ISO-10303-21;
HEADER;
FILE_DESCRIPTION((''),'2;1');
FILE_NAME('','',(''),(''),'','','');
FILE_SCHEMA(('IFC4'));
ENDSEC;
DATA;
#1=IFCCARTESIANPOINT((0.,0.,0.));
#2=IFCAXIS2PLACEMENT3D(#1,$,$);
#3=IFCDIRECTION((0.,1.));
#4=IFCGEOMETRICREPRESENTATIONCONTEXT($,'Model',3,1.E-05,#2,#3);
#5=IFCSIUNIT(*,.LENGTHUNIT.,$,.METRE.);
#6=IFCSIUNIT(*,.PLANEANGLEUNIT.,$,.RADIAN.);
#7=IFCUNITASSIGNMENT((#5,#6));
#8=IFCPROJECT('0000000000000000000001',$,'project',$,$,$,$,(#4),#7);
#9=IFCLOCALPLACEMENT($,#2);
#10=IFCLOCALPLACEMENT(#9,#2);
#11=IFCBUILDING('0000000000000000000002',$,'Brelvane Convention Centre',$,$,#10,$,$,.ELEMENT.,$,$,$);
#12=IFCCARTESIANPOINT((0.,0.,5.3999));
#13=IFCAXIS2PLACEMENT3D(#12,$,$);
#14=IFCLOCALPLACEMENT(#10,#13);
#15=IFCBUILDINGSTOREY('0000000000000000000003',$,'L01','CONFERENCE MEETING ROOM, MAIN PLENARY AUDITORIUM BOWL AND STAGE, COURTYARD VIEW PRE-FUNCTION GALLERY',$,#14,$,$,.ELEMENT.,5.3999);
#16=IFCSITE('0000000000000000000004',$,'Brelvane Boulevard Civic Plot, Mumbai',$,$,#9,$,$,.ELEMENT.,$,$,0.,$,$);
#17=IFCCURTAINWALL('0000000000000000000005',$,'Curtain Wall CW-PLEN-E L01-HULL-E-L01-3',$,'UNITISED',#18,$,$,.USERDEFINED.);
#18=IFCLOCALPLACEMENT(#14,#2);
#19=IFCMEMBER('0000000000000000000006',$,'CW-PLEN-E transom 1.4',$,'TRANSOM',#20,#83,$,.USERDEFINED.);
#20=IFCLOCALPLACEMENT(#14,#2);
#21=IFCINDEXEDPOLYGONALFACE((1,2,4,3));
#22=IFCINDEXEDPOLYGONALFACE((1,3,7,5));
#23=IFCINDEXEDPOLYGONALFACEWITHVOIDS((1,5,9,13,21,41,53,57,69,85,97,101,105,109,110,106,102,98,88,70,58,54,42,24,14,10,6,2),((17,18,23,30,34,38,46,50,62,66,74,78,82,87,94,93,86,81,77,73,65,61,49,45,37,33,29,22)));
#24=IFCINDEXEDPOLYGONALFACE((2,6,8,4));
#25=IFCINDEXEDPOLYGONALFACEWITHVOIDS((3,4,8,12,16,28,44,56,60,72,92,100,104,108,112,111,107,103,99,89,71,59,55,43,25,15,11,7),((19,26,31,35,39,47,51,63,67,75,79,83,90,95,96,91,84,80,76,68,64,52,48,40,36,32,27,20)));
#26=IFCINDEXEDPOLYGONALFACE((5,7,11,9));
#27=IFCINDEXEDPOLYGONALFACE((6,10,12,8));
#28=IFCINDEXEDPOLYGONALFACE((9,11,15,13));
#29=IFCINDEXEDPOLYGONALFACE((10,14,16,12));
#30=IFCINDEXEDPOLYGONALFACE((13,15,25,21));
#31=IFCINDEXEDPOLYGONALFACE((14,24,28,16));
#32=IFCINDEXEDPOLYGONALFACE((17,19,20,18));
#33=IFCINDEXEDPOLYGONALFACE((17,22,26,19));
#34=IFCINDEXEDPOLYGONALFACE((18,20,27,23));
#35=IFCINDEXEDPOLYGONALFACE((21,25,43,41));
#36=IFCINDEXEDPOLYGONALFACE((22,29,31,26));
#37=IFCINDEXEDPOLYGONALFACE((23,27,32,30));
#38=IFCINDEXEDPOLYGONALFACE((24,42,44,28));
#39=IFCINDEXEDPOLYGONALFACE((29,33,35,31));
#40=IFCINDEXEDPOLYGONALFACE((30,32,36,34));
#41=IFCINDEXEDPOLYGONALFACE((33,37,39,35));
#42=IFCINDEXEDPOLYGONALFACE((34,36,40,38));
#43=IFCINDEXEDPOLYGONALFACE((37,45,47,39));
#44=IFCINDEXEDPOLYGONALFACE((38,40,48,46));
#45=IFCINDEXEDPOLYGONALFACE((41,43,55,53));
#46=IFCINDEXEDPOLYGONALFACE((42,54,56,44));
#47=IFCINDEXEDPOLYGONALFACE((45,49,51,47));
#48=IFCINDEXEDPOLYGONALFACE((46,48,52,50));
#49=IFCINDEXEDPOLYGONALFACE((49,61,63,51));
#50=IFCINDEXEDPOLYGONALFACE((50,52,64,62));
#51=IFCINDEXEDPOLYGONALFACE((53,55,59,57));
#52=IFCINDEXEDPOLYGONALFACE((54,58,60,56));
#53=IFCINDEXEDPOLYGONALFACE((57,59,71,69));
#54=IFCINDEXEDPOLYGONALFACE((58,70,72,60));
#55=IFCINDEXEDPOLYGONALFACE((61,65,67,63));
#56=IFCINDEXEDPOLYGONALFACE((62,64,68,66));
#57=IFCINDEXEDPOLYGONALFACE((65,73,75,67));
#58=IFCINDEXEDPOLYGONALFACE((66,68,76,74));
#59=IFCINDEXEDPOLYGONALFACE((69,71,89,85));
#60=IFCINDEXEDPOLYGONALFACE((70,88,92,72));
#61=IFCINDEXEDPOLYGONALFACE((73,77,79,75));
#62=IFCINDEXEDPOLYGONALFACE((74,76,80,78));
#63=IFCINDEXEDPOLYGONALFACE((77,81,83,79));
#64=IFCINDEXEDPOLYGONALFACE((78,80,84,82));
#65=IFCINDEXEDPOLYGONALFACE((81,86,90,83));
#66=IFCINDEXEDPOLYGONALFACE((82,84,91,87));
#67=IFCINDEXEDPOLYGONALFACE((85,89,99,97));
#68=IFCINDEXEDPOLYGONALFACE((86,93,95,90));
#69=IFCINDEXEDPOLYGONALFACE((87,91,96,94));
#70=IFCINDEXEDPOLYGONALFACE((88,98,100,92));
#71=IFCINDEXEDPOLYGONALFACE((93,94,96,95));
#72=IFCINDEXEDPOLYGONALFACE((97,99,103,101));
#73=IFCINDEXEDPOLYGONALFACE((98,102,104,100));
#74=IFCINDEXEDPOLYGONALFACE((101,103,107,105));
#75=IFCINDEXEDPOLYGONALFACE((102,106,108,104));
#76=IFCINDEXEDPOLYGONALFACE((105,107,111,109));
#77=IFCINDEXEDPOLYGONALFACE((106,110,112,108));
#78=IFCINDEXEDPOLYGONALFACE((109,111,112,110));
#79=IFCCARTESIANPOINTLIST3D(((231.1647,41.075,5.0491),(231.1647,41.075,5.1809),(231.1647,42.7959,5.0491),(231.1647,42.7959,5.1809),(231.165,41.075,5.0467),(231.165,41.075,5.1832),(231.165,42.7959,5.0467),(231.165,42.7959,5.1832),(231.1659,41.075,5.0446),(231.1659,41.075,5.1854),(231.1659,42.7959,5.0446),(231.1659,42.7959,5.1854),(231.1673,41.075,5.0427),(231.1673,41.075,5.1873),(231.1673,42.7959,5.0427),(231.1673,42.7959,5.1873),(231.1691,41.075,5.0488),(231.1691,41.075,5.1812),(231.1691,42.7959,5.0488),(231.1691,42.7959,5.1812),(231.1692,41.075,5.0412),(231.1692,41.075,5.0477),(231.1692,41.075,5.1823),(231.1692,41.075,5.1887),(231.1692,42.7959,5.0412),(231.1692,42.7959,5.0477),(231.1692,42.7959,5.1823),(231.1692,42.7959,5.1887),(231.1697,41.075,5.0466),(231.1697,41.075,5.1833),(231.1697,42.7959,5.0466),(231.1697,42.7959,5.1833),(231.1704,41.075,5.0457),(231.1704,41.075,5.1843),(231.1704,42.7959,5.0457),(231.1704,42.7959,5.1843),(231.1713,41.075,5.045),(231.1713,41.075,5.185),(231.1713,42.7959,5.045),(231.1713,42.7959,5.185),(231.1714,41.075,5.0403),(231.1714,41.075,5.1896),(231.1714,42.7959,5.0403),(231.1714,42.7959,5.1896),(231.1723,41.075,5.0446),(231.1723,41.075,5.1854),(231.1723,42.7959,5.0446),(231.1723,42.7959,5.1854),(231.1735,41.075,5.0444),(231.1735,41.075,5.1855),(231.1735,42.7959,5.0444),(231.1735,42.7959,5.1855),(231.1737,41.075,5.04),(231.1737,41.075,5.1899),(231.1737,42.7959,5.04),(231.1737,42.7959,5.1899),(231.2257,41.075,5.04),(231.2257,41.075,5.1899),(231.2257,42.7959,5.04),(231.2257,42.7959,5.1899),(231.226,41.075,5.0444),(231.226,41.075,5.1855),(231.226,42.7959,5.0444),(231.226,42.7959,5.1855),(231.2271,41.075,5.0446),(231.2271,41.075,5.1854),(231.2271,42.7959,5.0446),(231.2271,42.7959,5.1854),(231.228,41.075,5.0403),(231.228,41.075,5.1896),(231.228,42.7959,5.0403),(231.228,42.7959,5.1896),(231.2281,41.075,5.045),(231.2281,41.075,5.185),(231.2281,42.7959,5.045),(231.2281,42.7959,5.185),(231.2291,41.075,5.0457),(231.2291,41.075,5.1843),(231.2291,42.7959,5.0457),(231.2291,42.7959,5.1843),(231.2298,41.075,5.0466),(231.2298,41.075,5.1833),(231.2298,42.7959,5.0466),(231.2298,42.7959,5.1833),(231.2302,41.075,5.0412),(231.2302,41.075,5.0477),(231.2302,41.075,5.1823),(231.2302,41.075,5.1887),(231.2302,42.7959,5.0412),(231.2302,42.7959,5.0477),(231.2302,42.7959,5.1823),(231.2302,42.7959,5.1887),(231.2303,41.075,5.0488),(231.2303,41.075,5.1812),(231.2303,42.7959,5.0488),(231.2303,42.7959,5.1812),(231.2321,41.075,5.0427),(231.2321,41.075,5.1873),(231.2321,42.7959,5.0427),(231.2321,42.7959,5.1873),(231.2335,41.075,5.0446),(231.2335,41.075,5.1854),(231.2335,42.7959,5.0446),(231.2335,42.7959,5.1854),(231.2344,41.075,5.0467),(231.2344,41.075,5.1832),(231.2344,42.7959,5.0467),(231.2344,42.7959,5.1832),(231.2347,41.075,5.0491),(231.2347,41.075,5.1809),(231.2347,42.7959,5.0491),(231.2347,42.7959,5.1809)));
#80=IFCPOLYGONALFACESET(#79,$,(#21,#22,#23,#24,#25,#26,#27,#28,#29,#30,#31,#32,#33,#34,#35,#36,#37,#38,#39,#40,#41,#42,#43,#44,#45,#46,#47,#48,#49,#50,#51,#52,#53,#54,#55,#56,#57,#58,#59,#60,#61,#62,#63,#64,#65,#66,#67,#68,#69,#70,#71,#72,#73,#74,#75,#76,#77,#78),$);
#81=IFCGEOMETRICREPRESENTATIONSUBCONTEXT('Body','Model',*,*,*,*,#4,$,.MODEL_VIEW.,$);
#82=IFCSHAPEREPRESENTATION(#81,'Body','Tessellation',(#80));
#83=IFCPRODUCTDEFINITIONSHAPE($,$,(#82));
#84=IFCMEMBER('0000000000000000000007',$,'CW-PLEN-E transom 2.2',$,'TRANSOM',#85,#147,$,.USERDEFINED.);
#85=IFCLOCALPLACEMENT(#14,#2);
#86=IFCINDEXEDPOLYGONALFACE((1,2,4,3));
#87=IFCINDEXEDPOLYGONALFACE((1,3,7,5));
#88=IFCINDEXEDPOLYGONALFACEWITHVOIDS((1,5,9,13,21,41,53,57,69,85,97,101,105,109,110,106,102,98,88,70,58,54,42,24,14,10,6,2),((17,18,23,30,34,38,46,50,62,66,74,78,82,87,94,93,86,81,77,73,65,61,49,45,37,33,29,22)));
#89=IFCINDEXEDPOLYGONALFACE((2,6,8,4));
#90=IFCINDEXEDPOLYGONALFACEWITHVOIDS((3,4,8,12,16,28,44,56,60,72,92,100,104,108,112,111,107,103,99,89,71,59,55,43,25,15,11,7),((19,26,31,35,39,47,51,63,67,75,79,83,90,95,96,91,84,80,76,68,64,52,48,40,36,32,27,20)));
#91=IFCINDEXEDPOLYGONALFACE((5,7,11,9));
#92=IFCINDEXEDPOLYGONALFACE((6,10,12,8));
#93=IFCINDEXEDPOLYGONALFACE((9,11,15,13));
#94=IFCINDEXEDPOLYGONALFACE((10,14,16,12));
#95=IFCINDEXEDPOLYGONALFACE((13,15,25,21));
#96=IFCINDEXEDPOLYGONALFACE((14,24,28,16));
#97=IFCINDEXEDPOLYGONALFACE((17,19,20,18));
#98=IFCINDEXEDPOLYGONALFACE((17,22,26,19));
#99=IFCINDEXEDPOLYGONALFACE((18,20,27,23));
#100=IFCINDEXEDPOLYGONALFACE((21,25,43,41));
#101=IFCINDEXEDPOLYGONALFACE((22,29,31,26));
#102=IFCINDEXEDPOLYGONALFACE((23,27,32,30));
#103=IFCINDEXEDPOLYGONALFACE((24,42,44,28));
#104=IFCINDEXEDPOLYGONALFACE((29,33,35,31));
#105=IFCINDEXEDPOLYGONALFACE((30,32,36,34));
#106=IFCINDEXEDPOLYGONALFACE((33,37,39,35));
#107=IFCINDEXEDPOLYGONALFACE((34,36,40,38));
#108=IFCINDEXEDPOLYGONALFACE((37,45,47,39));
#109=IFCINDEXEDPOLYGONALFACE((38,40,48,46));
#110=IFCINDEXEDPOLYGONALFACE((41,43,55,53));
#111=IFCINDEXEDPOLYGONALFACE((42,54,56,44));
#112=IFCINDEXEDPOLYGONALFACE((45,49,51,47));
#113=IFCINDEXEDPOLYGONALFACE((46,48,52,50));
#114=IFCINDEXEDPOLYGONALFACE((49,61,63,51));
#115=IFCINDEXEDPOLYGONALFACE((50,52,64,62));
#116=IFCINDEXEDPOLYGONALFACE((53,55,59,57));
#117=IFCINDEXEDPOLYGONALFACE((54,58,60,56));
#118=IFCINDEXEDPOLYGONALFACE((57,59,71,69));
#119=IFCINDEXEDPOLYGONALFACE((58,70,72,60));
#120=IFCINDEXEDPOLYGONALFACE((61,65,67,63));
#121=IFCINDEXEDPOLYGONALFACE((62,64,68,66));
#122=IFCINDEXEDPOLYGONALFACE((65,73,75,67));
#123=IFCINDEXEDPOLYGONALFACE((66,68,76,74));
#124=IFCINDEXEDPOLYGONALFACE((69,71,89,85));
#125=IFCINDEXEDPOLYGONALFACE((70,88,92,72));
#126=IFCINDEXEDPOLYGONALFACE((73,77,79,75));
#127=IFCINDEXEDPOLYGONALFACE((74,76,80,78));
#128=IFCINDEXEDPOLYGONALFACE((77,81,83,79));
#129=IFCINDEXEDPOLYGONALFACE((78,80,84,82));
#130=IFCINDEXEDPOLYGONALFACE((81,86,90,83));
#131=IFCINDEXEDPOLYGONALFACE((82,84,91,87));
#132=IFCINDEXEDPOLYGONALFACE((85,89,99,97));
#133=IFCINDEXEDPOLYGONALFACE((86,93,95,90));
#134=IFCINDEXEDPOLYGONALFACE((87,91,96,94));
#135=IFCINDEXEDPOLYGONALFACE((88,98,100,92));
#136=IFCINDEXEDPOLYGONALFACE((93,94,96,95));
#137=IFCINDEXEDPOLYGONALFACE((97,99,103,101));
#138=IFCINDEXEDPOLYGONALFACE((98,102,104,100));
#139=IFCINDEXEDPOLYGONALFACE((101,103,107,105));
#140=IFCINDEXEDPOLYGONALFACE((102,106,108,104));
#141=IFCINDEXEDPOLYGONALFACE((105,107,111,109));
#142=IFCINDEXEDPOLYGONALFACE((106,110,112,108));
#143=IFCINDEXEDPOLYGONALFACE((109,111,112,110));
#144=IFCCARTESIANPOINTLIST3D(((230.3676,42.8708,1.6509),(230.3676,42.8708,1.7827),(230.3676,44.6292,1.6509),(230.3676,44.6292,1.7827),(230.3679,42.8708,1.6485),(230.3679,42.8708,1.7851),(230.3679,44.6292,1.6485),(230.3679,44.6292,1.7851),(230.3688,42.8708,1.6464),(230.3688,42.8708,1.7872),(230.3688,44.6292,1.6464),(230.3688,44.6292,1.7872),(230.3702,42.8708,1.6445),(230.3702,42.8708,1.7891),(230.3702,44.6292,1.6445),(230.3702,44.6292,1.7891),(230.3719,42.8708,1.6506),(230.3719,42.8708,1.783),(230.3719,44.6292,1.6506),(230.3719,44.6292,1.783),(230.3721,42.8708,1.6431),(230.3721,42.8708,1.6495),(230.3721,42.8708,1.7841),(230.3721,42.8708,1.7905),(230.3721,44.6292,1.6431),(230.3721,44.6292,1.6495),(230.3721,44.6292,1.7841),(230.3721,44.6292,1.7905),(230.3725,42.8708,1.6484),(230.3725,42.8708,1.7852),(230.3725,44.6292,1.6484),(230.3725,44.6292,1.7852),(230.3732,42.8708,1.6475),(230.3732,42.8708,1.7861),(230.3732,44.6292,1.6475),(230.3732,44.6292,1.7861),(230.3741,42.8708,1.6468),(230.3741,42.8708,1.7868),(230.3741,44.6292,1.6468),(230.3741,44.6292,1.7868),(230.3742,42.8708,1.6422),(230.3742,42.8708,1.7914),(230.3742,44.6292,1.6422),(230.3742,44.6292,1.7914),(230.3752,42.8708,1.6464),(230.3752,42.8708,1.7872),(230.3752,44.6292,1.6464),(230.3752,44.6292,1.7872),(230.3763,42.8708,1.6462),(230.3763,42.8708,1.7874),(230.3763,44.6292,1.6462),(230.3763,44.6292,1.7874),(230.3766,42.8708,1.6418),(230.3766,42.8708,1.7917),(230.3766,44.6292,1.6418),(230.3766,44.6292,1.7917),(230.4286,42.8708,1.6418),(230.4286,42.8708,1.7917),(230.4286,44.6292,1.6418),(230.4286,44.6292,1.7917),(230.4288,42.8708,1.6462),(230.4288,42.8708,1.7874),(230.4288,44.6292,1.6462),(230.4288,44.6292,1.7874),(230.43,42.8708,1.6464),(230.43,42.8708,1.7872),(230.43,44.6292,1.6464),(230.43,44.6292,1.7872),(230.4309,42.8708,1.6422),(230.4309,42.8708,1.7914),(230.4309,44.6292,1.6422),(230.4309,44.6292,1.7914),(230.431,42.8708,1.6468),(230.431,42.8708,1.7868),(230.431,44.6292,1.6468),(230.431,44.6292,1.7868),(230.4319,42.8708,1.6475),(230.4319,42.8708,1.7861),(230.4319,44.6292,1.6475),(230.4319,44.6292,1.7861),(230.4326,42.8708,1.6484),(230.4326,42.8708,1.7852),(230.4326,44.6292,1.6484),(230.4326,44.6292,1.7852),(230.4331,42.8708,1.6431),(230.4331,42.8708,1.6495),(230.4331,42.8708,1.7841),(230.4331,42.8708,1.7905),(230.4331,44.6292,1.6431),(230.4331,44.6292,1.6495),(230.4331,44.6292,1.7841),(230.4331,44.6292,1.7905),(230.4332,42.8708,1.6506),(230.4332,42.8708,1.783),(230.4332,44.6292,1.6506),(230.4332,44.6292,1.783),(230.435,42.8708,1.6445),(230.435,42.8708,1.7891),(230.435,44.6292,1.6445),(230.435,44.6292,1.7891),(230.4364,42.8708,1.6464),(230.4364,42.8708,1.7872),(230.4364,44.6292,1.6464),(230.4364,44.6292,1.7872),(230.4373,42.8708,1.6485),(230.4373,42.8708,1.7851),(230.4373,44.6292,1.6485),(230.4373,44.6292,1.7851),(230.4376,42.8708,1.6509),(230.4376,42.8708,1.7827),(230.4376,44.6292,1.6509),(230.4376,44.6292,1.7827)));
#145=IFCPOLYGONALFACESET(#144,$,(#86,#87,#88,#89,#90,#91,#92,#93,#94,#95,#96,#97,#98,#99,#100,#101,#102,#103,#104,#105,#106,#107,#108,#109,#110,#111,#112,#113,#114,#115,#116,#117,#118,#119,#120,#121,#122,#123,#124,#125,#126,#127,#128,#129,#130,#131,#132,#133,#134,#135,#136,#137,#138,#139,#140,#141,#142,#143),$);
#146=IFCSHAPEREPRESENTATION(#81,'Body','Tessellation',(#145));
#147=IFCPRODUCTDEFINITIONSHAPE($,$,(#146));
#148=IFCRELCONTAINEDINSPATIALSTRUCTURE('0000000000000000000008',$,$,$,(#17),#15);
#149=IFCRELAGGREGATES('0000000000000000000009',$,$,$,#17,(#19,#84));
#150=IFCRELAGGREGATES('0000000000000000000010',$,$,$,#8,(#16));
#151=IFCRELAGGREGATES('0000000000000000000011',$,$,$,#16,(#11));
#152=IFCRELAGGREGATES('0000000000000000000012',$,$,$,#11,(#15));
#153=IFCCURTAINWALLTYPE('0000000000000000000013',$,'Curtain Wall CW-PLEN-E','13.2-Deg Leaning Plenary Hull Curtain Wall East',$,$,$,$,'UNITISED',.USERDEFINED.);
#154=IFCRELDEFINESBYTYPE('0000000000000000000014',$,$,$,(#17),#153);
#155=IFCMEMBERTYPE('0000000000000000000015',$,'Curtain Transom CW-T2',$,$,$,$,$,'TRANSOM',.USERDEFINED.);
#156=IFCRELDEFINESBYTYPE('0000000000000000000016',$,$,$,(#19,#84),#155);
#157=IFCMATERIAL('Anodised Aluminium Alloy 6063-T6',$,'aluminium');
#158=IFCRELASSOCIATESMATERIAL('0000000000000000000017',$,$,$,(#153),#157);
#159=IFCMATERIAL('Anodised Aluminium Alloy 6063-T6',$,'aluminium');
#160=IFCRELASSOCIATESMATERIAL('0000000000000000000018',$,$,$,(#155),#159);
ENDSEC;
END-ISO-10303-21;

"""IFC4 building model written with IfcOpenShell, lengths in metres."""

from ifc_helpers import new_model, si_unit, direction, frame, origin, origin_2d, place, context, subcontext, project, spatial, hollow_rectangle, extrude, material, material_profile, profile_set, type_object, element, aggregate, save


model = new_model("IFC4")

# Units and contexts
model_context = context("Model", 3, precision=1e-05, world=origin(), true_north=direction((0.0, 1.0)))
body_context = subcontext(model_context, "Body", "Model", "MODEL_VIEW")
ifc_project = project(units=[si_unit("LENGTHUNIT", "METRE"), si_unit("PLANEANGLEUNIT", "RADIAN")], contexts=[model_context])

# Site, building, storey
site_placement = place(None, origin())
site = spatial("IfcSite", under=ifc_project, at=site_placement, Name="Brelvane Boulevard Civic Plot, Mumbai", CompositionType="ELEMENT", RefElevation=0.0)
building_placement = place(site_placement, origin())
building = spatial("IfcBuilding", under=site, at=building_placement, Name="Brelvane Convention Centre", CompositionType="ELEMENT")
storey_placement = place(building_placement, frame((0.0, 0.0, 5.3999)))
storey = spatial("IfcBuildingStorey", under=building, at=storey_placement, Name="L01", Description="CONFERENCE MEETING ROOM, MAIN PLENARY AUDITORIUM BOWL AND STAGE, COURTYARD VIEW PRE-FUNCTION GALLERY", CompositionType="ELEMENT", Elevation=5.3999)

# Curtain wall, members
ifc_material_1 = material(Name="Anodised Aluminium Alloy 6063-T6", Category="aluminium")
curtain_wall_type = type_object("IfcCurtainWallType", Name="Curtain Wall CW-PLEN-E", Description="13.2-Deg Leaning Plenary Hull Curtain Wall East", ElementType="UNITISED", PredefinedType="USERDEFINED", material=ifc_material_1)
curtain_wall_placement = place(storey_placement, origin())
curtain_wall = element("IfcCurtainWall", 1, at=curtain_wall_placement, inside=storey, type_object=curtain_wall_type, Name="Curtain Wall CW-PLEN-E L01-HULL-E-L01-3", ObjectType="UNITISED", PredefinedType="USERDEFINED")
ifc_material_2 = material(Name="Anodised Aluminium Alloy 6063-T6", Category="aluminium")
ifc_material_profile = material_profile(ifc_material_2, hollow_rectangle(XDim=0.0701, YDim=0.1499, WallThickness=0.0044, InnerFilletRadius=0.0044, OuterFilletRadius=0.009, at=origin_2d()), Name="ALU-T 150x70x4.5")
ifc_profile_set = profile_set([ifc_material_profile], Name="Anodised Aluminium Alloy 6063-T6")
member_type = type_object("IfcMemberType", Name="Curtain Transom CW-T2", ElementType="TRANSOM", PredefinedType="USERDEFINED", material=ifc_profile_set)
member_1_placement = place(storey_placement, frame((231.1997, 41.075, 5.115), z_axis=(0.0, 1.0, 0.0), x_axis=(-1.0, 0.0, 0.0)))
member_1 = element("IfcMember", 2, at=member_1_placement, type_object=member_type, Name="CW-PLEN-E transom 1.4", ObjectType="TRANSOM", PredefinedType="USERDEFINED", context=body_context, shape_type="SweptSolid", body=[
    extrude(hollow_rectangle(XDim=0.0701, YDim=0.1499, WallThickness=0.0044, InnerFilletRadius=0.0044, OuterFilletRadius=0.009, at=origin_2d()), origin(), (0.0, 0.0, 1.0), 1.7209),
])
member_2_placement = place(storey_placement, frame((230.4026, 42.8708, 1.7168), z_axis=(0.0, 1.0, 0.0), x_axis=(-1.0, 0.0, 0.0)))
member_2 = element("IfcMember", 3, at=member_2_placement, type_object=member_type, Name="CW-PLEN-E transom 2.2", ObjectType="TRANSOM", PredefinedType="USERDEFINED", context=body_context, shape_type="SweptSolid", body=[
    extrude(hollow_rectangle(XDim=0.0701, YDim=0.1499, WallThickness=0.0044, InnerFilletRadius=0.0044, OuterFilletRadius=0.009, at=origin_2d()), origin(), (0.0, 0.0, 1.0), 1.7583),
])
aggregate(curtain_wall, [member_1, member_2])

save(model, "model.ifc")
